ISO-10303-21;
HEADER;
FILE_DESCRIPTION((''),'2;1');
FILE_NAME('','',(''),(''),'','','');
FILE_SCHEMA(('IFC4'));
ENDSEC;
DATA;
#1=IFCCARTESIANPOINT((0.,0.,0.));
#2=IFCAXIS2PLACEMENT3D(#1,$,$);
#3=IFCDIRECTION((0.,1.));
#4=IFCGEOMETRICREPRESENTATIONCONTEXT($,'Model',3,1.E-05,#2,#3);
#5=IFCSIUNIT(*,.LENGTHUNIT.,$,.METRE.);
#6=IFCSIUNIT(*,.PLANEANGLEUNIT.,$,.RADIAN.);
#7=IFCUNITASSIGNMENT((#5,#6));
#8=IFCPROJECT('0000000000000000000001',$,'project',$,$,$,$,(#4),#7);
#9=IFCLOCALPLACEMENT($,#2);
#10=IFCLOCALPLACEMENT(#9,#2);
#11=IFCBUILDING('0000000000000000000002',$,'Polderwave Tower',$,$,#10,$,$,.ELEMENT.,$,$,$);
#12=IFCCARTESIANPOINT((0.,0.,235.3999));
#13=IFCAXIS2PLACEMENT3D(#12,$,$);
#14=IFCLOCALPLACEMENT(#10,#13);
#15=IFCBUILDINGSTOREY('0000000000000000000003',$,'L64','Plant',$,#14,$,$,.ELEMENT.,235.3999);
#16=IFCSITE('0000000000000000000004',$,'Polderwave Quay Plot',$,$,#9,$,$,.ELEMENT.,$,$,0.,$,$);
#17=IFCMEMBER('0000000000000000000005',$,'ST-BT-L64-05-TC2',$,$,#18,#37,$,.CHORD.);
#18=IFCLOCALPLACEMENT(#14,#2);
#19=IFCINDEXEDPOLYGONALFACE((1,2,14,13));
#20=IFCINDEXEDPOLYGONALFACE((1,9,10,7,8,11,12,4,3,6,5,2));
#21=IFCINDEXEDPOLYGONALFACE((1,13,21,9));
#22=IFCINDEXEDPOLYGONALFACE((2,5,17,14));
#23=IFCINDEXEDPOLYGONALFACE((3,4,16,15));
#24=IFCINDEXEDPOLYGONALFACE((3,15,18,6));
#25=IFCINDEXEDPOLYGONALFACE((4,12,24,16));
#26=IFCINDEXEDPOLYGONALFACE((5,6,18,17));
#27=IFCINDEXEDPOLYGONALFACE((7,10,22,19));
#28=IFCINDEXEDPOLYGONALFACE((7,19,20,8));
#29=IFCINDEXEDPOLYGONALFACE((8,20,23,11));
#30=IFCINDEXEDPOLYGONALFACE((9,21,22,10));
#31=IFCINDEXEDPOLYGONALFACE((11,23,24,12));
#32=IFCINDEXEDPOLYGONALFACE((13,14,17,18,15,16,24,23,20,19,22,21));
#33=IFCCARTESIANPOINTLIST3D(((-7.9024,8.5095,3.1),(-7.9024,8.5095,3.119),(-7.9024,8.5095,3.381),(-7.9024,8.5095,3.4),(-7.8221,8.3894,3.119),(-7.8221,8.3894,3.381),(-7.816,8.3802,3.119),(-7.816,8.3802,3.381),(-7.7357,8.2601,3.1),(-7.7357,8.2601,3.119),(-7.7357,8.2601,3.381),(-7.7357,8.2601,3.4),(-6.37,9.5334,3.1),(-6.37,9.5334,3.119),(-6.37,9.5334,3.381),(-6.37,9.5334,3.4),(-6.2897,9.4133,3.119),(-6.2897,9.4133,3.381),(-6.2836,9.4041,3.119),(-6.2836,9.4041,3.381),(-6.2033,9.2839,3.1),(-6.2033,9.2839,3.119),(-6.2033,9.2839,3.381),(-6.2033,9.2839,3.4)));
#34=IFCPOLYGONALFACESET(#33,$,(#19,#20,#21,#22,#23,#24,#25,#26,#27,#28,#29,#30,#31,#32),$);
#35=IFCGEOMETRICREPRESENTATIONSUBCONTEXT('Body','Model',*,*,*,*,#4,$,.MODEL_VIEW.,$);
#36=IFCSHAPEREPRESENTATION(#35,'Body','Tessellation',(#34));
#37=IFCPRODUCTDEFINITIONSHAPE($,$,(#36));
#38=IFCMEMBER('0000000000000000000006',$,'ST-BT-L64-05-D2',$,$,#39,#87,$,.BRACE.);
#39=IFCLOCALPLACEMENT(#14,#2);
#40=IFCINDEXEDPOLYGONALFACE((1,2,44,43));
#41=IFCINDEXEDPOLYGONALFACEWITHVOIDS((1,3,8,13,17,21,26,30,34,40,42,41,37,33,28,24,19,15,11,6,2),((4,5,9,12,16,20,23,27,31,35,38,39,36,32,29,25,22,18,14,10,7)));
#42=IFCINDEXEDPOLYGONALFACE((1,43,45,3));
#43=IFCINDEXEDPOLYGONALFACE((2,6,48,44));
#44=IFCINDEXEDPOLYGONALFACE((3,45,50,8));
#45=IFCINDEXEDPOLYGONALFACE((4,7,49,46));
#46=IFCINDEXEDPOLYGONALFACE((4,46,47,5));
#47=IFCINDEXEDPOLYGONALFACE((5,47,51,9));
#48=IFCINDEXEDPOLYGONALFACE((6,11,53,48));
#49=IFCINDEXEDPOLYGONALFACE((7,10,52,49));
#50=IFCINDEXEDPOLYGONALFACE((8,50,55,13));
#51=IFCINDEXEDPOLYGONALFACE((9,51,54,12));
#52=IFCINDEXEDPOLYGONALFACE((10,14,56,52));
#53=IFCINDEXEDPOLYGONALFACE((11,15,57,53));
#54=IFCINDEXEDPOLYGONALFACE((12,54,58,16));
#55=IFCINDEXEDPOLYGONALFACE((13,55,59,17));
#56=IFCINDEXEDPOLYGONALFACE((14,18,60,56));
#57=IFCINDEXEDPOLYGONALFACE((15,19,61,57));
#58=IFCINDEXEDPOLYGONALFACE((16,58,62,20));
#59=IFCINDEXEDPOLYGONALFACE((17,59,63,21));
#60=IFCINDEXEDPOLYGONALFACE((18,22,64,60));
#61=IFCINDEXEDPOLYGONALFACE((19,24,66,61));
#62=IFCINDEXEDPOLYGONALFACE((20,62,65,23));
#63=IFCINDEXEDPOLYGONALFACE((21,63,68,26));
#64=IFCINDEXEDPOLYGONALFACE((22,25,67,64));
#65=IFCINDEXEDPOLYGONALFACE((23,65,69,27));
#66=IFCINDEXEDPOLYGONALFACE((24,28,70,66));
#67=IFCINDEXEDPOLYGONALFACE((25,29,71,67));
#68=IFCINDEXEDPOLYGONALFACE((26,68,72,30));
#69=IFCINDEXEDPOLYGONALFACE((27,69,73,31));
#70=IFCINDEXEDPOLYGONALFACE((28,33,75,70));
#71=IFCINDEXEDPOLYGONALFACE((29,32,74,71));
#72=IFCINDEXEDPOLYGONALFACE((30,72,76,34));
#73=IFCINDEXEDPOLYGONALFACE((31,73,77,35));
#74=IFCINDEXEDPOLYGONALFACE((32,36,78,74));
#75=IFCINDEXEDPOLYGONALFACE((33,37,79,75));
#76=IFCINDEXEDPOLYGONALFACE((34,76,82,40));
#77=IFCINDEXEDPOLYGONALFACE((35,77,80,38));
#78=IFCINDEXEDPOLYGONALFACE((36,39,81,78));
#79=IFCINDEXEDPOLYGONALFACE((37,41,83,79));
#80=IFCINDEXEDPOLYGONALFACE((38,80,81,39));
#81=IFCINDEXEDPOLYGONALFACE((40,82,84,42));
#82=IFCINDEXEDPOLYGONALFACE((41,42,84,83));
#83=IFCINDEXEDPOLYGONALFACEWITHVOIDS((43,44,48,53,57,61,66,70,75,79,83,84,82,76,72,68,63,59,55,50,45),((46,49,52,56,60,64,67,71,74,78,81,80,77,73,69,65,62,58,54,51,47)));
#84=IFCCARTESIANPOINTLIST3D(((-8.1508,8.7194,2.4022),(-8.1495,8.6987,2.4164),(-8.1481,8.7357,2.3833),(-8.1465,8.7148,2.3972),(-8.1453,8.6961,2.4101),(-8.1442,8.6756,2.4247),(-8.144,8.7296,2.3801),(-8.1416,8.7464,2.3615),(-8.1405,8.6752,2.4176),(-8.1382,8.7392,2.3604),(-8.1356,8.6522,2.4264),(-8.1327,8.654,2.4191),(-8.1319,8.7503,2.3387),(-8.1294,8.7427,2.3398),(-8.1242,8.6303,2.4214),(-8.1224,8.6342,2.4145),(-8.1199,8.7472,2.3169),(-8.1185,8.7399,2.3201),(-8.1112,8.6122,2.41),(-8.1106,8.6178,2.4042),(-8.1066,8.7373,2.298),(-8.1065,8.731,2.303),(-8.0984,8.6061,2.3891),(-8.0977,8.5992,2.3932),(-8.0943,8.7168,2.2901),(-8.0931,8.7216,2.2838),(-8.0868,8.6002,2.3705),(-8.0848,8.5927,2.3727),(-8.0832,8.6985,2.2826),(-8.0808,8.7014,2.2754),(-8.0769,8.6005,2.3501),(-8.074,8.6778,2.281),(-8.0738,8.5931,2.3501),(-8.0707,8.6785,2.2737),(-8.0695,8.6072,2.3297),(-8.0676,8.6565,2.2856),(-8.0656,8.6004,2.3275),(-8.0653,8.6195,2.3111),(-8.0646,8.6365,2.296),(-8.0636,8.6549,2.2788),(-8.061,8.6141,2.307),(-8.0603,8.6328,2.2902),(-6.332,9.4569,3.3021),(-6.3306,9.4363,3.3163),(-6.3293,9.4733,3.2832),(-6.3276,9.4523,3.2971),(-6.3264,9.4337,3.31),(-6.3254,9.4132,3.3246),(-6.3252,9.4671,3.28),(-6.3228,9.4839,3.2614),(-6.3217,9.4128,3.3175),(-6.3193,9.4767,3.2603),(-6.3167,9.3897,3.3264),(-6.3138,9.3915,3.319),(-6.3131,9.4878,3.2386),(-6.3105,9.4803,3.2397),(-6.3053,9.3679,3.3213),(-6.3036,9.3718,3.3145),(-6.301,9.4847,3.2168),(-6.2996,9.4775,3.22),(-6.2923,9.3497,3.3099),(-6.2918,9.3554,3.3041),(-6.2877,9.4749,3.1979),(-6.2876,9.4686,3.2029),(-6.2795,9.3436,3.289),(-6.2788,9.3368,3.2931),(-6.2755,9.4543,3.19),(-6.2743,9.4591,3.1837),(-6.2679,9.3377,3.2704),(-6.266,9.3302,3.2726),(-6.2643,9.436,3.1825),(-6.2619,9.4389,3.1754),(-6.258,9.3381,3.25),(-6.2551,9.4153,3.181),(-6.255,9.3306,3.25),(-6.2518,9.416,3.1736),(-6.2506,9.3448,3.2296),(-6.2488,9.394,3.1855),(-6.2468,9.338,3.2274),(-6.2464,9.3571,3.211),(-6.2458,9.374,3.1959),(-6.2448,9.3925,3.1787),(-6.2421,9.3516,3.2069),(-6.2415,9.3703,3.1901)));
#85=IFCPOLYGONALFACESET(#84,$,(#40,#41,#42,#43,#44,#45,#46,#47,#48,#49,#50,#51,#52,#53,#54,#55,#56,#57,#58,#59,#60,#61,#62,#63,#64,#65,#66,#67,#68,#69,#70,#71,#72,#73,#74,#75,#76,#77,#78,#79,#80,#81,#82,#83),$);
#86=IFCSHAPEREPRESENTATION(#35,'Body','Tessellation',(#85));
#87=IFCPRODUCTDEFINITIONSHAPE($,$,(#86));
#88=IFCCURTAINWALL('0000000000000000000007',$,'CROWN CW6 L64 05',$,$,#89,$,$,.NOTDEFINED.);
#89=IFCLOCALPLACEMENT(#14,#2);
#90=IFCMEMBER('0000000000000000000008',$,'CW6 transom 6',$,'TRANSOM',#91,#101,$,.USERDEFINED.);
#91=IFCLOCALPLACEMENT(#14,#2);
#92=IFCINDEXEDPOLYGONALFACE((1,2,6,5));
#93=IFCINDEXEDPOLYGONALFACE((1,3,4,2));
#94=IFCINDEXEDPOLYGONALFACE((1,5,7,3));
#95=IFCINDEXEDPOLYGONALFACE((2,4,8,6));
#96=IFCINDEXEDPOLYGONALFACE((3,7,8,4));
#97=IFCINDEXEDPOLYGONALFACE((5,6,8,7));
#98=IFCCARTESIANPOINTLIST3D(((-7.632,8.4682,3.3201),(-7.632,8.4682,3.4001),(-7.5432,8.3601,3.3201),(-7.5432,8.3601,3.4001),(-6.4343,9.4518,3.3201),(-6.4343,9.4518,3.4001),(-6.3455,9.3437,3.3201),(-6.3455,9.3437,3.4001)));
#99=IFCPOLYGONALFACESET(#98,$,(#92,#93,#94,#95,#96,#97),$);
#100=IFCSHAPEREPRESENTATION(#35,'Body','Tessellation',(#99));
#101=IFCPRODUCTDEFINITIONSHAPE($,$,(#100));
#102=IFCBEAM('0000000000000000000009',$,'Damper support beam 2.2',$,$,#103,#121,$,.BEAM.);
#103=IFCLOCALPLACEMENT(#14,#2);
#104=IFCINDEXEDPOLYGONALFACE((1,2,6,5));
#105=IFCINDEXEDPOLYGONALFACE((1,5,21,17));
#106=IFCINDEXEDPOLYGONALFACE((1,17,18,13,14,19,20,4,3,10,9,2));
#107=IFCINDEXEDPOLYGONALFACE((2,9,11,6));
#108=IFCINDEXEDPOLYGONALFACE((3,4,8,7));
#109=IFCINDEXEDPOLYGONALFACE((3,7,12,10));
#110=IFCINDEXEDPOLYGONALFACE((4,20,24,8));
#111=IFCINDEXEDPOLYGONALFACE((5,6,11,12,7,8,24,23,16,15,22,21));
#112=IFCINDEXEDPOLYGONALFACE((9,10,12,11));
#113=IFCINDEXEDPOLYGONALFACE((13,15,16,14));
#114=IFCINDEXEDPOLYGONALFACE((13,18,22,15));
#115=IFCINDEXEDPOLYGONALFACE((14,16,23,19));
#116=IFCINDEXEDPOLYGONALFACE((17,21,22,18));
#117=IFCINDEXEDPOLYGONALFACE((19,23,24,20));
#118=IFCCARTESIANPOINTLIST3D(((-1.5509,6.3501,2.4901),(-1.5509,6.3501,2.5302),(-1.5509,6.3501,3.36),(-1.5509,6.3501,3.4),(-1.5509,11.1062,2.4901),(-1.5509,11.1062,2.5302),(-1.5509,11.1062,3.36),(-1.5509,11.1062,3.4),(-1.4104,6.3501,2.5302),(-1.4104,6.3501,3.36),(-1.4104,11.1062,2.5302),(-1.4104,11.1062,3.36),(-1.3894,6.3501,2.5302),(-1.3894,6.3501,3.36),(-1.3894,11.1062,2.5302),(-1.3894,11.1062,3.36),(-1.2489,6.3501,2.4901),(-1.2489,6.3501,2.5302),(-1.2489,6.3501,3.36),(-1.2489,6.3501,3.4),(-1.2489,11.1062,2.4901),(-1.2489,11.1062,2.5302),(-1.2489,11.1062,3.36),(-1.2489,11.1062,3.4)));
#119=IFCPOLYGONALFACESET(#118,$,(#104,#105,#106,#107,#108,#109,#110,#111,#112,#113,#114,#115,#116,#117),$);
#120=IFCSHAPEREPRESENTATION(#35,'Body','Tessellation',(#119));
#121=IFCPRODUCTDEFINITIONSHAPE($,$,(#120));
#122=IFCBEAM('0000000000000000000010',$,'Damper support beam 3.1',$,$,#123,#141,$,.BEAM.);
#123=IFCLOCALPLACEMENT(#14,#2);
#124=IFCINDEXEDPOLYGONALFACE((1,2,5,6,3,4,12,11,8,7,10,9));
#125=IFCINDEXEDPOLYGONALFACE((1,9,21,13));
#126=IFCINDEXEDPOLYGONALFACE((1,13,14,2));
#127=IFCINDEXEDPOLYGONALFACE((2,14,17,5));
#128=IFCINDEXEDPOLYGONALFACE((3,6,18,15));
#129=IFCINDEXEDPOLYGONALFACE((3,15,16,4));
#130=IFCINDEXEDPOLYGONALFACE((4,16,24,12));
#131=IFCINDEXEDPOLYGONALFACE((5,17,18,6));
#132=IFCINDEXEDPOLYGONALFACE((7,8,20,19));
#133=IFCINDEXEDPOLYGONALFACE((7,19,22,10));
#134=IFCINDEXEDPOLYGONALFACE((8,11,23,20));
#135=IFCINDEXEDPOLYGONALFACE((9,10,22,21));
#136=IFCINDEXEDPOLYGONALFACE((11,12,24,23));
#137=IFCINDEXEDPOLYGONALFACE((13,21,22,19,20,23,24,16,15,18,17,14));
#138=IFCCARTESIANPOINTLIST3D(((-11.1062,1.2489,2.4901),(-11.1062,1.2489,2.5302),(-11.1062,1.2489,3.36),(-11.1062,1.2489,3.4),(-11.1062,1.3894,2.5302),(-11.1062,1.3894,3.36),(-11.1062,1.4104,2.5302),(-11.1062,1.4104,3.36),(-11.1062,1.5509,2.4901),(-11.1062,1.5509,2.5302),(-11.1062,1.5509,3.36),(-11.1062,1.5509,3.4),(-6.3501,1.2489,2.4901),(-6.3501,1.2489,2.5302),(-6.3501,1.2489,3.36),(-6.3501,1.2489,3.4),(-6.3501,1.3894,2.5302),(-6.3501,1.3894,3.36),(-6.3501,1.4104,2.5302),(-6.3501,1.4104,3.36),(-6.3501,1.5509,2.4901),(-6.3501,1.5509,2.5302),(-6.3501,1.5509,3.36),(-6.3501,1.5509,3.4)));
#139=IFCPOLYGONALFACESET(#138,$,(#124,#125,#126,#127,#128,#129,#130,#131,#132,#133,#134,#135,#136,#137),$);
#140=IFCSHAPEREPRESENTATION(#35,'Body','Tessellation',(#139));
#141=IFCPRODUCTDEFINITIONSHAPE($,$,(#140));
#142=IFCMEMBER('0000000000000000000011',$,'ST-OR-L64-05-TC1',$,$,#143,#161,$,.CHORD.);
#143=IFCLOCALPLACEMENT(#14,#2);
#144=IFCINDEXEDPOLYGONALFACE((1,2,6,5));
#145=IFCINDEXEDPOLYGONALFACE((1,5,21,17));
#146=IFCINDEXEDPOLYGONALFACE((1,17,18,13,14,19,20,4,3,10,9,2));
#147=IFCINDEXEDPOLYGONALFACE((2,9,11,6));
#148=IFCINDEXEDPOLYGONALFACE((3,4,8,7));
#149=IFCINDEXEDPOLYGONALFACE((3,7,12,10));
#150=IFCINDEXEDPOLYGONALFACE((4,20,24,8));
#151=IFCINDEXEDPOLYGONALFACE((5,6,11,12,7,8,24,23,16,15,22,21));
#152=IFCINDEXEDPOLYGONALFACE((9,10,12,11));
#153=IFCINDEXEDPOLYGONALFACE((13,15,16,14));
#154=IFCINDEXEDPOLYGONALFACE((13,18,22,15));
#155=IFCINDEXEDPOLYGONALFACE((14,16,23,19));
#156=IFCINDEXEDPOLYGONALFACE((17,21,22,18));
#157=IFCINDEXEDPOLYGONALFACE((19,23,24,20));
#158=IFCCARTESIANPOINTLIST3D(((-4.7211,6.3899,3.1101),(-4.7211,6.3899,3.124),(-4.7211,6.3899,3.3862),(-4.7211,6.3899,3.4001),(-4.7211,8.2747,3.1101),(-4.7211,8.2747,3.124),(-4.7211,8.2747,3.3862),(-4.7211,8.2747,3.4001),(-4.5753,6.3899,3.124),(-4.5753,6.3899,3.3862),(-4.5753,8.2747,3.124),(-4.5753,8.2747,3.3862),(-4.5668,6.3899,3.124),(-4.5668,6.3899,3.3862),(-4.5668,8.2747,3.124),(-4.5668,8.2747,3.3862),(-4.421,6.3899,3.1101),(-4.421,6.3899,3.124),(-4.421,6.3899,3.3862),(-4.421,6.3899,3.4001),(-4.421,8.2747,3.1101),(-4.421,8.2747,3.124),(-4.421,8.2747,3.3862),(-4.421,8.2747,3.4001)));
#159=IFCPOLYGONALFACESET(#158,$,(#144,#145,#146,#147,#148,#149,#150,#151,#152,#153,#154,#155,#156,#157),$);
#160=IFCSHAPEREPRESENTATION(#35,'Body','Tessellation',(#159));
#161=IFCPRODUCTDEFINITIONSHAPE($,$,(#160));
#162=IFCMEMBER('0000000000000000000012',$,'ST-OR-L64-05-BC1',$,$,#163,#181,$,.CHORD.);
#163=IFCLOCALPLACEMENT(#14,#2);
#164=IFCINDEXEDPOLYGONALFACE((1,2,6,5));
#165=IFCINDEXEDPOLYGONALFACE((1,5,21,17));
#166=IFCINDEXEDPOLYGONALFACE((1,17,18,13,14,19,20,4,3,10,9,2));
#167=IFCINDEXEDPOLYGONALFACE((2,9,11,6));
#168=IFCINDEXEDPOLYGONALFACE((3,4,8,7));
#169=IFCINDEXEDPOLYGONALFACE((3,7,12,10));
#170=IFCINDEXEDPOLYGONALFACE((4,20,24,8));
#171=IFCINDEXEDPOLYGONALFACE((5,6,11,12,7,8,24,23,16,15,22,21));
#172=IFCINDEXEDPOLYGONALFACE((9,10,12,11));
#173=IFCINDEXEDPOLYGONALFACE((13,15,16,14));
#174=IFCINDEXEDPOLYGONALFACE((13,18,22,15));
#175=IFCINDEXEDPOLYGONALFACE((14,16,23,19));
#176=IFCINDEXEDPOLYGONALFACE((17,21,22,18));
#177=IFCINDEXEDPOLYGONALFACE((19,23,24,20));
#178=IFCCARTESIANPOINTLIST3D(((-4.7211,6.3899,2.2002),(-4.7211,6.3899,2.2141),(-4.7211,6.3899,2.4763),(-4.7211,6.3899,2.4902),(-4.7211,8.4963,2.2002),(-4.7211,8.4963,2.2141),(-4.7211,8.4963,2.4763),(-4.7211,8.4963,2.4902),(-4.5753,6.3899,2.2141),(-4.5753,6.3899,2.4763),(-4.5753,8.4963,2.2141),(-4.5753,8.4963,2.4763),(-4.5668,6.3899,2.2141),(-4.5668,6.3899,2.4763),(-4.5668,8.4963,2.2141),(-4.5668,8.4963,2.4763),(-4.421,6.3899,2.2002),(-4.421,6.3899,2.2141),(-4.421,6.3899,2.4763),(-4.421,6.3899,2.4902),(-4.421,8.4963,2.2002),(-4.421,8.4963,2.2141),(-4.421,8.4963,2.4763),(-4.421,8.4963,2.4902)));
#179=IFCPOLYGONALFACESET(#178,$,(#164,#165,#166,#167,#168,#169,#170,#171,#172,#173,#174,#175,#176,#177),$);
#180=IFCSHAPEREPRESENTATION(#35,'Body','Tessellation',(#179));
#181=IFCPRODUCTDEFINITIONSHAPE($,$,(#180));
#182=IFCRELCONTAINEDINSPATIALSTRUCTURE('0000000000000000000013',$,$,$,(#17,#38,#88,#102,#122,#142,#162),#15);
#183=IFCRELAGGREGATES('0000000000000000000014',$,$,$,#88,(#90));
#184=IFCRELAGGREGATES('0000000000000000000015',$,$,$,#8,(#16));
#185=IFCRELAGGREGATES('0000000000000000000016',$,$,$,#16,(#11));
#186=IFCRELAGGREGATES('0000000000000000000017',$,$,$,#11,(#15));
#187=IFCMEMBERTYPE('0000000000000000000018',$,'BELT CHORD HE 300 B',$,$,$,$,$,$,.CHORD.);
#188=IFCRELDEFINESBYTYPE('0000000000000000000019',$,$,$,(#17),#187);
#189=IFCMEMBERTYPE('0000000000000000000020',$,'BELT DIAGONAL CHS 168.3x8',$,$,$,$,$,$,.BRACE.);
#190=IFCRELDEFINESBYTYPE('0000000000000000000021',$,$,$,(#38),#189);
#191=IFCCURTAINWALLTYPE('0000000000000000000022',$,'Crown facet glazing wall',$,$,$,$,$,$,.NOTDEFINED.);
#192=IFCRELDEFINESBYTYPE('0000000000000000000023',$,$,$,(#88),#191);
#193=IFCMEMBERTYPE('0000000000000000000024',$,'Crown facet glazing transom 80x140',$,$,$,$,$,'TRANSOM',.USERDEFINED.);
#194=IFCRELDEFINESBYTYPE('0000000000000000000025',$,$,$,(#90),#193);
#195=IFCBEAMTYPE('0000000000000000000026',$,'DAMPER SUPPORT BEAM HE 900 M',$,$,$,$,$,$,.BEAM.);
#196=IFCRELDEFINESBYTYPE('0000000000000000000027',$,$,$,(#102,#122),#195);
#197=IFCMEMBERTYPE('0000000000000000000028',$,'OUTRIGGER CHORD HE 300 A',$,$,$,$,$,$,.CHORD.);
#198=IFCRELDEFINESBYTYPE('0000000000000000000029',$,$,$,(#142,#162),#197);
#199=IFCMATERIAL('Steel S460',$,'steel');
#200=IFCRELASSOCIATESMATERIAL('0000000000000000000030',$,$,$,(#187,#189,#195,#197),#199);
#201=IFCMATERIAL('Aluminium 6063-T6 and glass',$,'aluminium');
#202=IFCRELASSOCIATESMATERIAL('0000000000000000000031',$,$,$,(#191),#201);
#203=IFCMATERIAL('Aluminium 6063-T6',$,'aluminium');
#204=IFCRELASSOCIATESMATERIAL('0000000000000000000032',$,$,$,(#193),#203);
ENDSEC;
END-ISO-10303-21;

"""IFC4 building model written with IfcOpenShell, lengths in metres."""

from ifc_helpers import new_model, si_unit, direction, frame, origin, origin_2d, place, context, subcontext, project, spatial, rectangle, hollow_circle, i_section, extrude, material, material_profile, profile_set, type_object, element, aggregate, save


model = new_model("IFC4")

# Units and contexts
model_context = context("Model", 3, precision=1e-05, world=origin(), true_north=direction((0.0, 1.0)))
body_context = subcontext(model_context, "Body", "Model", "MODEL_VIEW")
ifc_project = project(units=[si_unit("LENGTHUNIT", "METRE"), si_unit("PLANEANGLEUNIT", "RADIAN")], contexts=[model_context])

# Site, building, storey
site_placement = place(None, origin())
site = spatial("IfcSite", under=ifc_project, at=site_placement, Name="Polderwave Quay Plot", CompositionType="ELEMENT", RefElevation=0.0)
building_placement = place(site_placement, origin())
building = spatial("IfcBuilding", under=site, at=building_placement, Name="Polderwave Tower", CompositionType="ELEMENT")
storey_placement = place(building_placement, frame((0.0, 0.0, 235.3999)))
storey = spatial("IfcBuildingStorey", under=building, at=storey_placement, Name="L64", Description="Plant", CompositionType="ELEMENT", Elevation=235.3999)

# Members
ifc_material_1 = material(Name="Steel S460", Category="steel")
ifc_material_profile_1 = material_profile(ifc_material_1, i_section(OverallWidth=0.3, OverallDepth=0.3, WebThickness=0.011, FlangeThickness=0.019, at=origin_2d()), Name="HE 300 B")
ifc_profile_set_1 = profile_set([ifc_material_profile_1], Name="Steel S460")
member_type_1 = type_object("IfcMemberType", Name="BELT CHORD HE 300 B", PredefinedType="CHORD", material=ifc_profile_set_1)
member_1_placement = place(storey_placement, frame((-6.2866, 9.4087, 3.25), z_axis=(-0.831479, -0.555556, 0.0), x_axis=(0.555556, -0.831479, 0.0)))
element("IfcMember", 1, at=member_1_placement, inside=storey, type_object=member_type_1, Name="ST-BT-L64-05-TC2", PredefinedType="CHORD", context=body_context, shape_type="SweptSolid", body=[
    extrude(i_section(OverallWidth=0.3, OverallDepth=0.3, WebThickness=0.011, FlangeThickness=0.019, at=origin_2d()), origin(), (0.0, 0.0, 1.0), 1.843),
])
ifc_material_profile_2 = material_profile(ifc_material_1, hollow_circle(Radius=0.0842, WallThickness=0.0081, at=origin_2d()), Name="CHS 168.3x8")
ifc_profile_set_2 = profile_set([ifc_material_profile_2], Name="Steel S460")
member_type_2 = type_object("IfcMemberType", Name="BELT DIAGONAL CHS 168.3x8", PredefinedType="BRACE", material=ifc_profile_set_2)
member_2_placement = place(storey_placement, frame((-6.2866, 9.4087, 3.25), z_axis=(-0.842383, -0.341589, -0.416782), x_axis=(0.375783, -0.926708, 0.0)))
element("IfcMember", 2, at=member_2_placement, inside=storey, type_object=member_type_2, Name="ST-BT-L64-05-D2", PredefinedType="BRACE", context=body_context, shape_type="SweptSolid", body=[
    extrude(hollow_circle(Radius=0.0842, WallThickness=0.0081, at=origin_2d()), origin(), (0.0, 0.0, 1.0), 2.1592),
])

# Curtain wall, member
ifc_material_2 = material(Name="Aluminium 6063-T6 and glass", Category="aluminium")
curtain_wall_type = type_object("IfcCurtainWallType", Name="Crown facet glazing wall", PredefinedType="NOTDEFINED", material=ifc_material_2)
curtain_wall_placement = place(storey_placement, origin())
curtain_wall = element("IfcCurtainWall", 3, at=curtain_wall_placement, inside=storey, type_object=curtain_wall_type, Name="CROWN CW6 L64 05", PredefinedType="NOTDEFINED")
ifc_material_3 = material(Name="Aluminium 6063-T6", Category="aluminium")
ifc_material_profile_3 = material_profile(ifc_material_3, rectangle(XDim=0.1399, YDim=0.0801, at=origin_2d()), Name="AL 80x140")
ifc_profile_set_3 = profile_set([ifc_material_profile_3], Name="Aluminium 6063-T6")
member_type_3 = type_object("IfcMemberType", Name="Crown facet glazing transom 80x140", ElementType="TRANSOM", PredefinedType="USERDEFINED", material=ifc_profile_set_3)
member_3_placement = place(storey_placement, frame((-6.3899, 9.3977, 3.3601), z_axis=(-0.772798, -0.634652, 0.0), x_axis=(0.634652, -0.772798, 0.0)))
member_3 = element("IfcMember", 4, at=member_3_placement, type_object=member_type_3, Name="CW6 transom 6", ObjectType="TRANSOM", PredefinedType="USERDEFINED", context=body_context, shape_type="SweptSolid", body=[
    extrude(rectangle(XDim=0.1399, YDim=0.0801, at=origin_2d()), origin(), (0.0, 0.0, 1.0), 1.5498),
])
aggregate(curtain_wall, [member_3])

# Beams
ifc_material_profile_4 = material_profile(ifc_material_1, i_section(OverallWidth=0.302, OverallDepth=0.9099, WebThickness=0.021, FlangeThickness=0.04, at=origin_2d()), Name="HE 900 M")
ifc_profile_set_4 = profile_set([ifc_material_profile_4], Name="Steel S460")
beam_type = type_object("IfcBeamType", Name="DAMPER SUPPORT BEAM HE 900 M", PredefinedType="BEAM", material=ifc_profile_set_4)
for number, where, z_axis, x_axis, name in (
    (5, (-1.3999, 6.3501, 2.9451), (0.0, 1.0, 0.0), (-1.0, 0.0, 0.0), "Damper support beam 2.2"),
    (6, (-6.3501, 1.3999, 2.9451), (-1.0, 0.0, 0.0), (0.0, -1.0, 0.0), "Damper support beam 3.1"),
):
    element("IfcBeam", number, at=place(storey_placement, frame(where, z_axis=z_axis, x_axis=x_axis)), inside=storey, type_object=beam_type, Name=name, PredefinedType="BEAM", context=body_context, shape_type="SweptSolid", body=[
        extrude(i_section(OverallWidth=0.302, OverallDepth=0.9099, WebThickness=0.021, FlangeThickness=0.04, at=origin_2d()), origin(), (0.0, 0.0, 1.0), 4.7561),
    ])

# Members
ifc_material_profile_5 = material_profile(ifc_material_1, i_section(OverallWidth=0.3, OverallDepth=0.29, WebThickness=0.0085, FlangeThickness=0.0139, at=origin_2d()), Name="HE 300 A")
ifc_profile_set_5 = profile_set([ifc_material_profile_5], Name="Steel S460")
member_type_4 = type_object("IfcMemberType", Name="OUTRIGGER CHORD HE 300 A", PredefinedType="CHORD", material=ifc_profile_set_5)
member_4_placement = place(storey_placement, frame((-4.571, 6.3899, 3.2551), z_axis=(0.0, 1.0, 0.0), x_axis=(-1.0, 0.0, 0.0)))
element("IfcMember", 7, at=member_4_placement, inside=storey, type_object=member_type_4, Name="ST-OR-L64-05-TC1", PredefinedType="CHORD", context=body_context, shape_type="SweptSolid", body=[
    extrude(i_section(OverallWidth=0.3, OverallDepth=0.29, WebThickness=0.0085, FlangeThickness=0.0139, at=origin_2d()), origin(), (0.0, 0.0, 1.0), 1.8848),
])
member_5_placement = place(storey_placement, frame((-4.571, 6.3899, 2.3452), z_axis=(0.0, 1.0, 0.0), x_axis=(-1.0, 0.0, 0.0)))
element("IfcMember", 8, at=member_5_placement, inside=storey, type_object=member_type_4, Name="ST-OR-L64-05-BC1", PredefinedType="CHORD", context=body_context, shape_type="SweptSolid", body=[
    extrude(i_section(OverallWidth=0.3, OverallDepth=0.29, WebThickness=0.0085, FlangeThickness=0.0139, at=origin_2d()), origin(), (0.0, 0.0, 1.0), 2.1064),
])

save(model, "model.ifc")
